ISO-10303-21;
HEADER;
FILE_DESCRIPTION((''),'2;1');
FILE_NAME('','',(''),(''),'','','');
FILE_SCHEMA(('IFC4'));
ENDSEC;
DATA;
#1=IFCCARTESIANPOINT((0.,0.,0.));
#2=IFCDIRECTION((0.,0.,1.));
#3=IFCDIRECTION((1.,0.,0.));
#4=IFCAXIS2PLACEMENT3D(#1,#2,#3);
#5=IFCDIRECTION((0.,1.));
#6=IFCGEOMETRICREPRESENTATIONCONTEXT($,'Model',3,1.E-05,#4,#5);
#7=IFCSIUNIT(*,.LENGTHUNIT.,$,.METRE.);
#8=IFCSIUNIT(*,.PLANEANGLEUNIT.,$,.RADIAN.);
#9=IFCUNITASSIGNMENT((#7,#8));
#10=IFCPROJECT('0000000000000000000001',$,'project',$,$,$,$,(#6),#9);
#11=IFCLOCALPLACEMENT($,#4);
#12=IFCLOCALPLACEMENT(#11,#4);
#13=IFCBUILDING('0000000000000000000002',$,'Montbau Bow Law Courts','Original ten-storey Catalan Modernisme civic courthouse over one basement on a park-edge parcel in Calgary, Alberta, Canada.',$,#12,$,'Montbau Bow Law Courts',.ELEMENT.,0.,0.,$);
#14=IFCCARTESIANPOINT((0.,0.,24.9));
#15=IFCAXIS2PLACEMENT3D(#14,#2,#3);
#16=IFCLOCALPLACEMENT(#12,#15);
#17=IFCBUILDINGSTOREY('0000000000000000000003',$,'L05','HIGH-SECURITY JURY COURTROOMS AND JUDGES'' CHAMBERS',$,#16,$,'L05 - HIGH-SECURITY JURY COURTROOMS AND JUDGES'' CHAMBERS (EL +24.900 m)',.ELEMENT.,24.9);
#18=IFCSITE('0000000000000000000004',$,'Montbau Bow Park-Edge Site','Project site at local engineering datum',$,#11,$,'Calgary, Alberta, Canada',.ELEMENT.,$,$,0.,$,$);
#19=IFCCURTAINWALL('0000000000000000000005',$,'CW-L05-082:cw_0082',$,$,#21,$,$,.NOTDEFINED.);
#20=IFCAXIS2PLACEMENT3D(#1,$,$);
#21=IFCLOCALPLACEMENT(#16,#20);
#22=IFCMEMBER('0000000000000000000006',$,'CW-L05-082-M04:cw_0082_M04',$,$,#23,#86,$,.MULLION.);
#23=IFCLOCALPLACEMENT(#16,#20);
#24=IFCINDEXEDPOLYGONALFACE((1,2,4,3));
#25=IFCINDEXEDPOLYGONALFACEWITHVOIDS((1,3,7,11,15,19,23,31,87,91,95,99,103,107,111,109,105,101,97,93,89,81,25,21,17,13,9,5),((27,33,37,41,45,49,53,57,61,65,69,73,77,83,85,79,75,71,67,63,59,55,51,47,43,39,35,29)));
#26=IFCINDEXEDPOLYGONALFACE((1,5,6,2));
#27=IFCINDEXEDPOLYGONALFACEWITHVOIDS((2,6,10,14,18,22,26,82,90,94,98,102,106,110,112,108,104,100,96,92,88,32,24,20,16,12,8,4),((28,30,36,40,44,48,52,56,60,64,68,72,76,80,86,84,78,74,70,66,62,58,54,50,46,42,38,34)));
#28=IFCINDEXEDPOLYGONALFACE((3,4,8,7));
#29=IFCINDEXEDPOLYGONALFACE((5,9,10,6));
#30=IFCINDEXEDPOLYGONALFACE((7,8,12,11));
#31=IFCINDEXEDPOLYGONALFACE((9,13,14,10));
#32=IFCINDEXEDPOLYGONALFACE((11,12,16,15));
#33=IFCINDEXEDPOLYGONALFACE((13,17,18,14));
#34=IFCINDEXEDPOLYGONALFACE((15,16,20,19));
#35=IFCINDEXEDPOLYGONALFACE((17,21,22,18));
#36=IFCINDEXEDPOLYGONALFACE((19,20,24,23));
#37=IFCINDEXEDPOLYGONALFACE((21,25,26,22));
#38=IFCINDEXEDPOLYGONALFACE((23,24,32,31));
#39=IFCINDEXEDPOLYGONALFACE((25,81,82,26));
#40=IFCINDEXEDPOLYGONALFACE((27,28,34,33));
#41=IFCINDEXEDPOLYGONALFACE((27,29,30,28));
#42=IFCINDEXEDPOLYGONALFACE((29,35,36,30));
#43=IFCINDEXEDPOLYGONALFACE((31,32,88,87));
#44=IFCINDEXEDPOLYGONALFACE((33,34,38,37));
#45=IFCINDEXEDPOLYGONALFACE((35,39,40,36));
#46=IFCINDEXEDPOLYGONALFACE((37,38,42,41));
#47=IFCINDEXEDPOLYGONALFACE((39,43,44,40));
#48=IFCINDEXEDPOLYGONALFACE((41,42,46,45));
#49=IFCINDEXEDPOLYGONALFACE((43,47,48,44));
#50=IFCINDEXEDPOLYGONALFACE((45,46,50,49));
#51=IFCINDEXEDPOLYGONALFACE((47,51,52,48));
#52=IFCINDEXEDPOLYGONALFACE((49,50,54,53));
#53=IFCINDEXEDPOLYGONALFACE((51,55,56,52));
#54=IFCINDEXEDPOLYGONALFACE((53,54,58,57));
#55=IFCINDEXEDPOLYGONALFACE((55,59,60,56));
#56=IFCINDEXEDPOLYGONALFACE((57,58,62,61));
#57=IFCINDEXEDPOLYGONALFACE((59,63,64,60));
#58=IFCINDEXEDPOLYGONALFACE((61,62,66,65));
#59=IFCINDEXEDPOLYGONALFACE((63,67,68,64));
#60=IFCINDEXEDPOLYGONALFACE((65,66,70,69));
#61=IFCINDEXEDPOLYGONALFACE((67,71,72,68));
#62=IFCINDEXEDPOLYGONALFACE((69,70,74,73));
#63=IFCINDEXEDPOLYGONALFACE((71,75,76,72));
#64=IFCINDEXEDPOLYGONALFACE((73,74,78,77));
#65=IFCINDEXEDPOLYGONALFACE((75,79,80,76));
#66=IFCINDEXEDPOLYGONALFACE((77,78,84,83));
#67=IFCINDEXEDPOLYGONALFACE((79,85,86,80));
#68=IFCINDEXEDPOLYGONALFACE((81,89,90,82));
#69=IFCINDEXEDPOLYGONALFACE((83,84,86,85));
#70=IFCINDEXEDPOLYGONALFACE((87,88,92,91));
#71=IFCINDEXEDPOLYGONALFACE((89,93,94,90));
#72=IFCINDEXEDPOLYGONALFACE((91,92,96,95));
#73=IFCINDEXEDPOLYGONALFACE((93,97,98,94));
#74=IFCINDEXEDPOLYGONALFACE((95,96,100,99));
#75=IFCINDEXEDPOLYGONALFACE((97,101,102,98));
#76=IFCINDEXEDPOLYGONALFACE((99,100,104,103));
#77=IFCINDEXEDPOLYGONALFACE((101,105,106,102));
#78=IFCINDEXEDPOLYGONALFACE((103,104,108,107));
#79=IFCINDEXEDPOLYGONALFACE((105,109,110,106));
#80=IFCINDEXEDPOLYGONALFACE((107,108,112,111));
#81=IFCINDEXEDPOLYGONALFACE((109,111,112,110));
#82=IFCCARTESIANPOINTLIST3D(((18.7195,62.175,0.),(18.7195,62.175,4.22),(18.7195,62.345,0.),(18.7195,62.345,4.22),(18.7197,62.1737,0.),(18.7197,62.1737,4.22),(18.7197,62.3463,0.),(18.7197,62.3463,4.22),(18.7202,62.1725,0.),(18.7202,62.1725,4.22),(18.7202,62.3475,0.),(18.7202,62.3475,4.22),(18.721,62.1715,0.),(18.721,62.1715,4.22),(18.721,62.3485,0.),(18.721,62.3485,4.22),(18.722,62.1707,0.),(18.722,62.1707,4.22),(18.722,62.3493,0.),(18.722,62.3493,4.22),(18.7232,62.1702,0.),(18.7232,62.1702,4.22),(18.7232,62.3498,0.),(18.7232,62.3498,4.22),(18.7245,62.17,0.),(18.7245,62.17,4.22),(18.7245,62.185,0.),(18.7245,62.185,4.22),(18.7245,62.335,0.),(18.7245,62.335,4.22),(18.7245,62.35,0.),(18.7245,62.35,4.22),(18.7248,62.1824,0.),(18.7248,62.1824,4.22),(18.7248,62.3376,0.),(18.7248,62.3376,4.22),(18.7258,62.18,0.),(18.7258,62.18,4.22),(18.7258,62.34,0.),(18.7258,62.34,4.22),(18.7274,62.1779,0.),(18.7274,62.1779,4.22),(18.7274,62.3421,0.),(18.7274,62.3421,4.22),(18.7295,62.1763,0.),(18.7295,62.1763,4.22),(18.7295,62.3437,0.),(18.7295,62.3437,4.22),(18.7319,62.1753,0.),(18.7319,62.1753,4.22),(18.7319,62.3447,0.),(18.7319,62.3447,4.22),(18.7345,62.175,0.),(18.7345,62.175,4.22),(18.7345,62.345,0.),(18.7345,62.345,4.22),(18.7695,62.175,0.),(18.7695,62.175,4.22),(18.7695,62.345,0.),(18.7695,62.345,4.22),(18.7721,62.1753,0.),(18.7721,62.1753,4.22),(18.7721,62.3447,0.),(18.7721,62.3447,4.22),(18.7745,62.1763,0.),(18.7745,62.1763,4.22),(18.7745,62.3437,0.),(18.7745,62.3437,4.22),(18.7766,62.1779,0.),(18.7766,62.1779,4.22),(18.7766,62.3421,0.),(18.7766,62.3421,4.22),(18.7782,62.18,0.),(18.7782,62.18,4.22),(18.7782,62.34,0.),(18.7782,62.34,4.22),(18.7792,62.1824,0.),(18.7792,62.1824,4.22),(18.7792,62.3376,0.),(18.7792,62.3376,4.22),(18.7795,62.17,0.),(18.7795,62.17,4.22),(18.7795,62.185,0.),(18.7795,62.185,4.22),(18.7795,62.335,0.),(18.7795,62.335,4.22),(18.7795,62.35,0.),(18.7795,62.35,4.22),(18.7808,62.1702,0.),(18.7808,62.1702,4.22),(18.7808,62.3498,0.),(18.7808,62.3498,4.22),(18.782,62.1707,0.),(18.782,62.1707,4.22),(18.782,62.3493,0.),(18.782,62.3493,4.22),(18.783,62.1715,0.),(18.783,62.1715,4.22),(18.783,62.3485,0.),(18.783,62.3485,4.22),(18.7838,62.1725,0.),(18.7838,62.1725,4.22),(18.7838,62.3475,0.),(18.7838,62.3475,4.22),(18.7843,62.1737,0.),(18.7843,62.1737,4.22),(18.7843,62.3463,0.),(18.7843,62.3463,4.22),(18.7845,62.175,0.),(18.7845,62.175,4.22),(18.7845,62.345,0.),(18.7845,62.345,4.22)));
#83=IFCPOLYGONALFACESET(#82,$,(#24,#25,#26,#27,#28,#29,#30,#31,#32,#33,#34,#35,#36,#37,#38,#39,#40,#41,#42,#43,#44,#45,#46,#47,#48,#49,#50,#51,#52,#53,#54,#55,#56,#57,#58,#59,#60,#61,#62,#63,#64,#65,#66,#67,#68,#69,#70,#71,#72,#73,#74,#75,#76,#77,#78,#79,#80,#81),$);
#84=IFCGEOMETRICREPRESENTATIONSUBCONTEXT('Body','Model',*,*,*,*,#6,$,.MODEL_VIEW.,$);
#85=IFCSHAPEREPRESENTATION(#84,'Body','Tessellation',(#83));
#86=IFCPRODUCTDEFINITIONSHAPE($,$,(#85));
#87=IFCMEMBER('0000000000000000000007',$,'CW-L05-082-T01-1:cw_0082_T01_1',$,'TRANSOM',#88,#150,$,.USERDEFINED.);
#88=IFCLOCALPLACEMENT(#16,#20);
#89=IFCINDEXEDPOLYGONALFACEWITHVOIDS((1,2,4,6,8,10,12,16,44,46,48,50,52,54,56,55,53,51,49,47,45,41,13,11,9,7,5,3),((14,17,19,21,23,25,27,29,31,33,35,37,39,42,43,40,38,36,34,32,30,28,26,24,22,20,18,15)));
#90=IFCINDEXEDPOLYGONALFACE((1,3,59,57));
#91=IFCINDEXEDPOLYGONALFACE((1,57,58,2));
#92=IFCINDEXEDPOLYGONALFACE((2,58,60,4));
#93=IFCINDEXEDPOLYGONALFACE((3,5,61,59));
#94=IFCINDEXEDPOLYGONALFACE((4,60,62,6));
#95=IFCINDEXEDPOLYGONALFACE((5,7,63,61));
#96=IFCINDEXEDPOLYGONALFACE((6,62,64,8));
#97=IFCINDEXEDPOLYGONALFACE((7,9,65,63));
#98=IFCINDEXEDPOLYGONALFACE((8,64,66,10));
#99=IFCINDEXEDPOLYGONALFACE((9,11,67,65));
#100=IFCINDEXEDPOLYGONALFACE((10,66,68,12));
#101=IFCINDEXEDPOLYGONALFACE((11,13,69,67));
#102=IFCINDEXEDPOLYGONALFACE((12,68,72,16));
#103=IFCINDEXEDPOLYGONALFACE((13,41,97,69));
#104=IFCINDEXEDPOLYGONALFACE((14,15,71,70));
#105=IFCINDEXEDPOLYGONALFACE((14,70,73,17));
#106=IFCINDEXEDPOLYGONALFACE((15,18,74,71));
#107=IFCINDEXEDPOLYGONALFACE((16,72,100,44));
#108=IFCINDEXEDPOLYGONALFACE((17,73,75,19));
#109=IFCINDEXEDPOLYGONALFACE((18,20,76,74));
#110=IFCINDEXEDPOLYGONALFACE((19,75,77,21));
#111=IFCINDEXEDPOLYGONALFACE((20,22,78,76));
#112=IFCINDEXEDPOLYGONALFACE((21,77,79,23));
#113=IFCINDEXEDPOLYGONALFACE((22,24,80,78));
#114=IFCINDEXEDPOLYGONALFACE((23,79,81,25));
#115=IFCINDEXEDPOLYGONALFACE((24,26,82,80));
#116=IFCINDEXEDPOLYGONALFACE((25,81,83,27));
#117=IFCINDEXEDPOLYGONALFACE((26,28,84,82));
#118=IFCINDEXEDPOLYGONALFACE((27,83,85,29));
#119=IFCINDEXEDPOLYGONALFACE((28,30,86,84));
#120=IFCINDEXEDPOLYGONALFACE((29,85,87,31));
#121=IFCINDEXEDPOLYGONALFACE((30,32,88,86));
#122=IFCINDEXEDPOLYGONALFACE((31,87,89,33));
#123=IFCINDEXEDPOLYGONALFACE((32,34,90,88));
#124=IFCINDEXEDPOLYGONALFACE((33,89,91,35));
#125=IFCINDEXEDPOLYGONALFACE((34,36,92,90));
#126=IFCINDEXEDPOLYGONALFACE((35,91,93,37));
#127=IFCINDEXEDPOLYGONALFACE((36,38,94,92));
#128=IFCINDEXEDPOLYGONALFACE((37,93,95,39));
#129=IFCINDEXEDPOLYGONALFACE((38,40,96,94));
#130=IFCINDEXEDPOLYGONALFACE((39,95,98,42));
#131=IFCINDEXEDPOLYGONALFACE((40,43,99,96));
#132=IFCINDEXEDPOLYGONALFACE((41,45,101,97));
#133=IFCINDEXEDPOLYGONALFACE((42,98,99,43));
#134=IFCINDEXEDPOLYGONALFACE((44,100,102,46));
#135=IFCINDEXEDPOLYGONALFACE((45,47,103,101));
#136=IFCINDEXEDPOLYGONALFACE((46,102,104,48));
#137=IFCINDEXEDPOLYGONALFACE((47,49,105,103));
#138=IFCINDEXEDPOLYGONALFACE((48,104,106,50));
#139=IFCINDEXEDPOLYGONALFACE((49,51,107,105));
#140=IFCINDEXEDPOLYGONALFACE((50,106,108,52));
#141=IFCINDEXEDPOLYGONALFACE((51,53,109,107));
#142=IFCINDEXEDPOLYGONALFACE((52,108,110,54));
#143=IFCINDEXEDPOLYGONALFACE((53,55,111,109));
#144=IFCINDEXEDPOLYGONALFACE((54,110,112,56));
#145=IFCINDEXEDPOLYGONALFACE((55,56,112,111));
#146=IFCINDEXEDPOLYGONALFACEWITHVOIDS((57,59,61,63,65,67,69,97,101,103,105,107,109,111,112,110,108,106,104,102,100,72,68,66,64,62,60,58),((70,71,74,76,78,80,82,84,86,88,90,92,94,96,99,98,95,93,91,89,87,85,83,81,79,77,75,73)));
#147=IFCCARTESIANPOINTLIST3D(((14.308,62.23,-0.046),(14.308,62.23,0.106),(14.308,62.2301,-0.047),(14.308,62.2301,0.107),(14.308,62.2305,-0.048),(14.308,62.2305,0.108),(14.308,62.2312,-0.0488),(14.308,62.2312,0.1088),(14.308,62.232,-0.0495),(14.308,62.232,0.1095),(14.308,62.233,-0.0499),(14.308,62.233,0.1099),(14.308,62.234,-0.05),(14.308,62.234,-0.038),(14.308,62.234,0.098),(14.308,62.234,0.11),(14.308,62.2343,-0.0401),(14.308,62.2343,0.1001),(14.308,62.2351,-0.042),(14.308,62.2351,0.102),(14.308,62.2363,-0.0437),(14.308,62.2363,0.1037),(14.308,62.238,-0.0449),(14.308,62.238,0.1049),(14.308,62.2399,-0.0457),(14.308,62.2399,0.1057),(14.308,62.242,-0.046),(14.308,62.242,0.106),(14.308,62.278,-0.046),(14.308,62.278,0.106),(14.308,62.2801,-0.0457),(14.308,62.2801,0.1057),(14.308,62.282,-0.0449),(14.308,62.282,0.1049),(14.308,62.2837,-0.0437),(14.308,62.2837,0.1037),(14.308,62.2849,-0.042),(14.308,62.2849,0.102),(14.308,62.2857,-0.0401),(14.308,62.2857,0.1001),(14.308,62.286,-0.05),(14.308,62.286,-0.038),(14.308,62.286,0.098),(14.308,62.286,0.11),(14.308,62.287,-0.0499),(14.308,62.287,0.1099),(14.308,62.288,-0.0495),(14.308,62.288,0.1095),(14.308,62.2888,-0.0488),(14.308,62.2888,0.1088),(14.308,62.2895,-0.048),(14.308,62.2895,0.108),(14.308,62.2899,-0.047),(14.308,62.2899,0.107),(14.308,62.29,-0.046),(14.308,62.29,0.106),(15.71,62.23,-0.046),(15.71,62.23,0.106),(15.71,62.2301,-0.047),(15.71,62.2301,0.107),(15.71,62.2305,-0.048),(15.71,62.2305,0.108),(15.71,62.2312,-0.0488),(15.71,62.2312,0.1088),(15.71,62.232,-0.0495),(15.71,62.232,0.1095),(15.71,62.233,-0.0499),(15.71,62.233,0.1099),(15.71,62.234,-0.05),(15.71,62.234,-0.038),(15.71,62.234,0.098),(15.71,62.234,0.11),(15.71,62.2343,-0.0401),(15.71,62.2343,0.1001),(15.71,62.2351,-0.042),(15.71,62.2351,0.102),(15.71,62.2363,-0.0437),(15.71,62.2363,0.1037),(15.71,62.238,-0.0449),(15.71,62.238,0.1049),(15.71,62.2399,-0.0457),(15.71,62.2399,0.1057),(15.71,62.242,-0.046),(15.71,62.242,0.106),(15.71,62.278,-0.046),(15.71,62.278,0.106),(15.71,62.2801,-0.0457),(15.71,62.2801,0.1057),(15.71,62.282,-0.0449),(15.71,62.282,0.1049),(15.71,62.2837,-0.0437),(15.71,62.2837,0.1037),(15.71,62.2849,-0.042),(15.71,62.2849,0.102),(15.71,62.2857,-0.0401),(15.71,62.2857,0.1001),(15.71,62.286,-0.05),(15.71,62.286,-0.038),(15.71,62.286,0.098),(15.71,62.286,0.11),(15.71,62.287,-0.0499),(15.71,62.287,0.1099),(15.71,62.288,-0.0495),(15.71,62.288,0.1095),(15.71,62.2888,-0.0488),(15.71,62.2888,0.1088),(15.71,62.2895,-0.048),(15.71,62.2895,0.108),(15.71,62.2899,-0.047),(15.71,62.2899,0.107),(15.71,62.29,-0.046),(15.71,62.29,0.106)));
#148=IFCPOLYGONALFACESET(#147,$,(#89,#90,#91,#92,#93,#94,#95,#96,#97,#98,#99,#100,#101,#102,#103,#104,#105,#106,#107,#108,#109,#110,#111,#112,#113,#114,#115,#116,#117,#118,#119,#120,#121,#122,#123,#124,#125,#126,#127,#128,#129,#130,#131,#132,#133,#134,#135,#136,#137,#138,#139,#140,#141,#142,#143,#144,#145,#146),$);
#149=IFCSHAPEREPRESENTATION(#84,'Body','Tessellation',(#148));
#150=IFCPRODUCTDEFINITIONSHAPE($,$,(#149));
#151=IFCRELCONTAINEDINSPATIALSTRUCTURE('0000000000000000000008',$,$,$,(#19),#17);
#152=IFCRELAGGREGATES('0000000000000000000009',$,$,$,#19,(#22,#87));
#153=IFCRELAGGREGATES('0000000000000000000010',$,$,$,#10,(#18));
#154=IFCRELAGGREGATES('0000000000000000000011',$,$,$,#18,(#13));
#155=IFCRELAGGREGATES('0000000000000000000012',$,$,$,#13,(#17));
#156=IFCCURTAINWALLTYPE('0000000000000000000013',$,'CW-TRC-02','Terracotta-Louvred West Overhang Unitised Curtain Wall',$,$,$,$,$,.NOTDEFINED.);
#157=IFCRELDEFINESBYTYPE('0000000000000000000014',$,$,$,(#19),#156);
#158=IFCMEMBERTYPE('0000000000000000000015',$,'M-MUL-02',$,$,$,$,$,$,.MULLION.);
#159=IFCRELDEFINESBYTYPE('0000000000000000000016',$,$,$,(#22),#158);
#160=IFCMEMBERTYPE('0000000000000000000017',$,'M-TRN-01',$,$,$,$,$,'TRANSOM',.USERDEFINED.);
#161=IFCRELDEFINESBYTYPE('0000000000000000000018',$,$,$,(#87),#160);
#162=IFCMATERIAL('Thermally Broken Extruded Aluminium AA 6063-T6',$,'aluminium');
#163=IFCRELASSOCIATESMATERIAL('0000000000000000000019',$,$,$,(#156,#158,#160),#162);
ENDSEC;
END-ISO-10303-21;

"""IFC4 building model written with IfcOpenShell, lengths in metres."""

from ifc_helpers import new_model, si_unit, direction, frame, origin_with_axes, origin_2d_with_axis, place, context, subcontext, project, spatial, hollow_rectangle, extrude, material, material_profile, profile_set, type_object, element, aggregate, save


model = new_model("IFC4")

# Units and contexts
model_context = context("Model", 3, precision=1e-05, world=origin_with_axes(), true_north=direction((0.0, 1.0)))
body_context = subcontext(model_context, "Body", "Model", "MODEL_VIEW")
ifc_project = project(units=[si_unit("LENGTHUNIT", "METRE"), si_unit("PLANEANGLEUNIT", "RADIAN")], contexts=[model_context])

# Site, building, storey
site_placement = place(None, origin_with_axes())
site = spatial("IfcSite", under=ifc_project, at=site_placement, Name="Montbau Bow Park-Edge Site", Description="Project site at local engineering datum", LongName="Calgary, Alberta, Canada", CompositionType="ELEMENT", RefElevation=0.0)
building_placement = place(site_placement, origin_with_axes())
building = spatial("IfcBuilding", under=site, at=building_placement, Name="Montbau Bow Law Courts", Description="Original ten-storey Catalan Modernisme civic courthouse over one basement on a park-edge parcel in Calgary, Alberta, Canada.", LongName="Montbau Bow Law Courts", CompositionType="ELEMENT", ElevationOfRefHeight=0.0, ElevationOfTerrain=0.0)
storey_placement = place(building_placement, frame((0.0, 0.0, 24.9), z_axis=(0.0, 0.0, 1.0), x_axis=(1.0, 0.0, 0.0)))
storey = spatial("IfcBuildingStorey", under=building, at=storey_placement, Name="L05", Description="HIGH-SECURITY JURY COURTROOMS AND JUDGES' CHAMBERS", LongName="L05 - HIGH-SECURITY JURY COURTROOMS AND JUDGES' CHAMBERS (EL +24.900 m)", CompositionType="ELEMENT", Elevation=24.9)

# Curtain wall, members
ifc_material_1 = material(Name="Thermally Broken Extruded Aluminium AA 6063-T6", Category="aluminium")
curtain_wall_type = type_object("IfcCurtainWallType", Name="CW-TRC-02", Description="Terracotta-Louvred West Overhang Unitised Curtain Wall", PredefinedType="NOTDEFINED", material=ifc_material_1)
curtain_wall_placement = place(None, frame((14.24, 62.26, 24.9), z_axis=(0.0, 0.0, 1.0), x_axis=(1.0, 0.0, 0.0)))
curtain_wall = element("IfcCurtainWall", 1, at=curtain_wall_placement, inside=storey, type_object=curtain_wall_type, Name="CW-L05-082:cw_0082", PredefinedType="NOTDEFINED")
ifc_material_profile_1 = material_profile(ifc_material_1, hollow_rectangle(XDim=0.065, YDim=0.18, WallThickness=0.005, InnerFilletRadius=0.01, OuterFilletRadius=0.005, at=origin_2d_with_axis()), Name="CWM-180X65", Category="Main", Priority=0)
ifc_profile_set_1 = profile_set([ifc_material_profile_1], Name="Thermally Broken Extruded Aluminium AA 6063-T6")
member_type_1 = type_object("IfcMemberType", Name="M-MUL-02", PredefinedType="MULLION", material=ifc_profile_set_1)
member_1_placement = place(None, frame((18.752, 62.26, 24.9), z_axis=(0.0, 0.0, 1.0), x_axis=(1.0, 0.0, 0.0)))
member_1 = element("IfcMember", 2, at=member_1_placement, type_object=member_type_1, Name="CW-L05-082-M04:cw_0082_M04", PredefinedType="MULLION", context=body_context, shape_type="SweptSolid", body=[
    extrude(hollow_rectangle(XDim=0.065, YDim=0.18, WallThickness=0.005, InnerFilletRadius=0.01, OuterFilletRadius=0.005, at=origin_2d_with_axis()), origin_with_axes(), (0.0, 0.0, 1.0), 4.22),
])
ifc_material_profile_2 = material_profile(ifc_material_1, hollow_rectangle(XDim=0.06, YDim=0.16, WallThickness=0.004, InnerFilletRadius=0.008, OuterFilletRadius=0.004, at=origin_2d_with_axis()), Name="CWT-160X60", Category="Main", Priority=0)
ifc_profile_set_2 = profile_set([ifc_material_profile_2], Name="Thermally Broken Extruded Aluminium AA 6063-T6")
member_type_2 = type_object("IfcMemberType", Name="M-TRN-01", ElementType="TRANSOM", PredefinedType="USERDEFINED", material=ifc_profile_set_2)
member_2_placement = place(None, frame((14.308, 62.26, 24.93), z_axis=(1.0, 0.0, 0.0), x_axis=(0.0, 1.0, 0.0)))
member_2 = element("IfcMember", 3, at=member_2_placement, type_object=member_type_2, Name="CW-L05-082-T01-1:cw_0082_T01_1", ObjectType="TRANSOM", PredefinedType="USERDEFINED", context=body_context, shape_type="SweptSolid", body=[
    extrude(hollow_rectangle(XDim=0.06, YDim=0.16, WallThickness=0.004, InnerFilletRadius=0.008, OuterFilletRadius=0.004, at=origin_2d_with_axis()), origin_with_axes(), (0.0, 0.0, 1.0), 1.402),
])
aggregate(curtain_wall, [member_1, member_2])

save(model, "model.ifc")
